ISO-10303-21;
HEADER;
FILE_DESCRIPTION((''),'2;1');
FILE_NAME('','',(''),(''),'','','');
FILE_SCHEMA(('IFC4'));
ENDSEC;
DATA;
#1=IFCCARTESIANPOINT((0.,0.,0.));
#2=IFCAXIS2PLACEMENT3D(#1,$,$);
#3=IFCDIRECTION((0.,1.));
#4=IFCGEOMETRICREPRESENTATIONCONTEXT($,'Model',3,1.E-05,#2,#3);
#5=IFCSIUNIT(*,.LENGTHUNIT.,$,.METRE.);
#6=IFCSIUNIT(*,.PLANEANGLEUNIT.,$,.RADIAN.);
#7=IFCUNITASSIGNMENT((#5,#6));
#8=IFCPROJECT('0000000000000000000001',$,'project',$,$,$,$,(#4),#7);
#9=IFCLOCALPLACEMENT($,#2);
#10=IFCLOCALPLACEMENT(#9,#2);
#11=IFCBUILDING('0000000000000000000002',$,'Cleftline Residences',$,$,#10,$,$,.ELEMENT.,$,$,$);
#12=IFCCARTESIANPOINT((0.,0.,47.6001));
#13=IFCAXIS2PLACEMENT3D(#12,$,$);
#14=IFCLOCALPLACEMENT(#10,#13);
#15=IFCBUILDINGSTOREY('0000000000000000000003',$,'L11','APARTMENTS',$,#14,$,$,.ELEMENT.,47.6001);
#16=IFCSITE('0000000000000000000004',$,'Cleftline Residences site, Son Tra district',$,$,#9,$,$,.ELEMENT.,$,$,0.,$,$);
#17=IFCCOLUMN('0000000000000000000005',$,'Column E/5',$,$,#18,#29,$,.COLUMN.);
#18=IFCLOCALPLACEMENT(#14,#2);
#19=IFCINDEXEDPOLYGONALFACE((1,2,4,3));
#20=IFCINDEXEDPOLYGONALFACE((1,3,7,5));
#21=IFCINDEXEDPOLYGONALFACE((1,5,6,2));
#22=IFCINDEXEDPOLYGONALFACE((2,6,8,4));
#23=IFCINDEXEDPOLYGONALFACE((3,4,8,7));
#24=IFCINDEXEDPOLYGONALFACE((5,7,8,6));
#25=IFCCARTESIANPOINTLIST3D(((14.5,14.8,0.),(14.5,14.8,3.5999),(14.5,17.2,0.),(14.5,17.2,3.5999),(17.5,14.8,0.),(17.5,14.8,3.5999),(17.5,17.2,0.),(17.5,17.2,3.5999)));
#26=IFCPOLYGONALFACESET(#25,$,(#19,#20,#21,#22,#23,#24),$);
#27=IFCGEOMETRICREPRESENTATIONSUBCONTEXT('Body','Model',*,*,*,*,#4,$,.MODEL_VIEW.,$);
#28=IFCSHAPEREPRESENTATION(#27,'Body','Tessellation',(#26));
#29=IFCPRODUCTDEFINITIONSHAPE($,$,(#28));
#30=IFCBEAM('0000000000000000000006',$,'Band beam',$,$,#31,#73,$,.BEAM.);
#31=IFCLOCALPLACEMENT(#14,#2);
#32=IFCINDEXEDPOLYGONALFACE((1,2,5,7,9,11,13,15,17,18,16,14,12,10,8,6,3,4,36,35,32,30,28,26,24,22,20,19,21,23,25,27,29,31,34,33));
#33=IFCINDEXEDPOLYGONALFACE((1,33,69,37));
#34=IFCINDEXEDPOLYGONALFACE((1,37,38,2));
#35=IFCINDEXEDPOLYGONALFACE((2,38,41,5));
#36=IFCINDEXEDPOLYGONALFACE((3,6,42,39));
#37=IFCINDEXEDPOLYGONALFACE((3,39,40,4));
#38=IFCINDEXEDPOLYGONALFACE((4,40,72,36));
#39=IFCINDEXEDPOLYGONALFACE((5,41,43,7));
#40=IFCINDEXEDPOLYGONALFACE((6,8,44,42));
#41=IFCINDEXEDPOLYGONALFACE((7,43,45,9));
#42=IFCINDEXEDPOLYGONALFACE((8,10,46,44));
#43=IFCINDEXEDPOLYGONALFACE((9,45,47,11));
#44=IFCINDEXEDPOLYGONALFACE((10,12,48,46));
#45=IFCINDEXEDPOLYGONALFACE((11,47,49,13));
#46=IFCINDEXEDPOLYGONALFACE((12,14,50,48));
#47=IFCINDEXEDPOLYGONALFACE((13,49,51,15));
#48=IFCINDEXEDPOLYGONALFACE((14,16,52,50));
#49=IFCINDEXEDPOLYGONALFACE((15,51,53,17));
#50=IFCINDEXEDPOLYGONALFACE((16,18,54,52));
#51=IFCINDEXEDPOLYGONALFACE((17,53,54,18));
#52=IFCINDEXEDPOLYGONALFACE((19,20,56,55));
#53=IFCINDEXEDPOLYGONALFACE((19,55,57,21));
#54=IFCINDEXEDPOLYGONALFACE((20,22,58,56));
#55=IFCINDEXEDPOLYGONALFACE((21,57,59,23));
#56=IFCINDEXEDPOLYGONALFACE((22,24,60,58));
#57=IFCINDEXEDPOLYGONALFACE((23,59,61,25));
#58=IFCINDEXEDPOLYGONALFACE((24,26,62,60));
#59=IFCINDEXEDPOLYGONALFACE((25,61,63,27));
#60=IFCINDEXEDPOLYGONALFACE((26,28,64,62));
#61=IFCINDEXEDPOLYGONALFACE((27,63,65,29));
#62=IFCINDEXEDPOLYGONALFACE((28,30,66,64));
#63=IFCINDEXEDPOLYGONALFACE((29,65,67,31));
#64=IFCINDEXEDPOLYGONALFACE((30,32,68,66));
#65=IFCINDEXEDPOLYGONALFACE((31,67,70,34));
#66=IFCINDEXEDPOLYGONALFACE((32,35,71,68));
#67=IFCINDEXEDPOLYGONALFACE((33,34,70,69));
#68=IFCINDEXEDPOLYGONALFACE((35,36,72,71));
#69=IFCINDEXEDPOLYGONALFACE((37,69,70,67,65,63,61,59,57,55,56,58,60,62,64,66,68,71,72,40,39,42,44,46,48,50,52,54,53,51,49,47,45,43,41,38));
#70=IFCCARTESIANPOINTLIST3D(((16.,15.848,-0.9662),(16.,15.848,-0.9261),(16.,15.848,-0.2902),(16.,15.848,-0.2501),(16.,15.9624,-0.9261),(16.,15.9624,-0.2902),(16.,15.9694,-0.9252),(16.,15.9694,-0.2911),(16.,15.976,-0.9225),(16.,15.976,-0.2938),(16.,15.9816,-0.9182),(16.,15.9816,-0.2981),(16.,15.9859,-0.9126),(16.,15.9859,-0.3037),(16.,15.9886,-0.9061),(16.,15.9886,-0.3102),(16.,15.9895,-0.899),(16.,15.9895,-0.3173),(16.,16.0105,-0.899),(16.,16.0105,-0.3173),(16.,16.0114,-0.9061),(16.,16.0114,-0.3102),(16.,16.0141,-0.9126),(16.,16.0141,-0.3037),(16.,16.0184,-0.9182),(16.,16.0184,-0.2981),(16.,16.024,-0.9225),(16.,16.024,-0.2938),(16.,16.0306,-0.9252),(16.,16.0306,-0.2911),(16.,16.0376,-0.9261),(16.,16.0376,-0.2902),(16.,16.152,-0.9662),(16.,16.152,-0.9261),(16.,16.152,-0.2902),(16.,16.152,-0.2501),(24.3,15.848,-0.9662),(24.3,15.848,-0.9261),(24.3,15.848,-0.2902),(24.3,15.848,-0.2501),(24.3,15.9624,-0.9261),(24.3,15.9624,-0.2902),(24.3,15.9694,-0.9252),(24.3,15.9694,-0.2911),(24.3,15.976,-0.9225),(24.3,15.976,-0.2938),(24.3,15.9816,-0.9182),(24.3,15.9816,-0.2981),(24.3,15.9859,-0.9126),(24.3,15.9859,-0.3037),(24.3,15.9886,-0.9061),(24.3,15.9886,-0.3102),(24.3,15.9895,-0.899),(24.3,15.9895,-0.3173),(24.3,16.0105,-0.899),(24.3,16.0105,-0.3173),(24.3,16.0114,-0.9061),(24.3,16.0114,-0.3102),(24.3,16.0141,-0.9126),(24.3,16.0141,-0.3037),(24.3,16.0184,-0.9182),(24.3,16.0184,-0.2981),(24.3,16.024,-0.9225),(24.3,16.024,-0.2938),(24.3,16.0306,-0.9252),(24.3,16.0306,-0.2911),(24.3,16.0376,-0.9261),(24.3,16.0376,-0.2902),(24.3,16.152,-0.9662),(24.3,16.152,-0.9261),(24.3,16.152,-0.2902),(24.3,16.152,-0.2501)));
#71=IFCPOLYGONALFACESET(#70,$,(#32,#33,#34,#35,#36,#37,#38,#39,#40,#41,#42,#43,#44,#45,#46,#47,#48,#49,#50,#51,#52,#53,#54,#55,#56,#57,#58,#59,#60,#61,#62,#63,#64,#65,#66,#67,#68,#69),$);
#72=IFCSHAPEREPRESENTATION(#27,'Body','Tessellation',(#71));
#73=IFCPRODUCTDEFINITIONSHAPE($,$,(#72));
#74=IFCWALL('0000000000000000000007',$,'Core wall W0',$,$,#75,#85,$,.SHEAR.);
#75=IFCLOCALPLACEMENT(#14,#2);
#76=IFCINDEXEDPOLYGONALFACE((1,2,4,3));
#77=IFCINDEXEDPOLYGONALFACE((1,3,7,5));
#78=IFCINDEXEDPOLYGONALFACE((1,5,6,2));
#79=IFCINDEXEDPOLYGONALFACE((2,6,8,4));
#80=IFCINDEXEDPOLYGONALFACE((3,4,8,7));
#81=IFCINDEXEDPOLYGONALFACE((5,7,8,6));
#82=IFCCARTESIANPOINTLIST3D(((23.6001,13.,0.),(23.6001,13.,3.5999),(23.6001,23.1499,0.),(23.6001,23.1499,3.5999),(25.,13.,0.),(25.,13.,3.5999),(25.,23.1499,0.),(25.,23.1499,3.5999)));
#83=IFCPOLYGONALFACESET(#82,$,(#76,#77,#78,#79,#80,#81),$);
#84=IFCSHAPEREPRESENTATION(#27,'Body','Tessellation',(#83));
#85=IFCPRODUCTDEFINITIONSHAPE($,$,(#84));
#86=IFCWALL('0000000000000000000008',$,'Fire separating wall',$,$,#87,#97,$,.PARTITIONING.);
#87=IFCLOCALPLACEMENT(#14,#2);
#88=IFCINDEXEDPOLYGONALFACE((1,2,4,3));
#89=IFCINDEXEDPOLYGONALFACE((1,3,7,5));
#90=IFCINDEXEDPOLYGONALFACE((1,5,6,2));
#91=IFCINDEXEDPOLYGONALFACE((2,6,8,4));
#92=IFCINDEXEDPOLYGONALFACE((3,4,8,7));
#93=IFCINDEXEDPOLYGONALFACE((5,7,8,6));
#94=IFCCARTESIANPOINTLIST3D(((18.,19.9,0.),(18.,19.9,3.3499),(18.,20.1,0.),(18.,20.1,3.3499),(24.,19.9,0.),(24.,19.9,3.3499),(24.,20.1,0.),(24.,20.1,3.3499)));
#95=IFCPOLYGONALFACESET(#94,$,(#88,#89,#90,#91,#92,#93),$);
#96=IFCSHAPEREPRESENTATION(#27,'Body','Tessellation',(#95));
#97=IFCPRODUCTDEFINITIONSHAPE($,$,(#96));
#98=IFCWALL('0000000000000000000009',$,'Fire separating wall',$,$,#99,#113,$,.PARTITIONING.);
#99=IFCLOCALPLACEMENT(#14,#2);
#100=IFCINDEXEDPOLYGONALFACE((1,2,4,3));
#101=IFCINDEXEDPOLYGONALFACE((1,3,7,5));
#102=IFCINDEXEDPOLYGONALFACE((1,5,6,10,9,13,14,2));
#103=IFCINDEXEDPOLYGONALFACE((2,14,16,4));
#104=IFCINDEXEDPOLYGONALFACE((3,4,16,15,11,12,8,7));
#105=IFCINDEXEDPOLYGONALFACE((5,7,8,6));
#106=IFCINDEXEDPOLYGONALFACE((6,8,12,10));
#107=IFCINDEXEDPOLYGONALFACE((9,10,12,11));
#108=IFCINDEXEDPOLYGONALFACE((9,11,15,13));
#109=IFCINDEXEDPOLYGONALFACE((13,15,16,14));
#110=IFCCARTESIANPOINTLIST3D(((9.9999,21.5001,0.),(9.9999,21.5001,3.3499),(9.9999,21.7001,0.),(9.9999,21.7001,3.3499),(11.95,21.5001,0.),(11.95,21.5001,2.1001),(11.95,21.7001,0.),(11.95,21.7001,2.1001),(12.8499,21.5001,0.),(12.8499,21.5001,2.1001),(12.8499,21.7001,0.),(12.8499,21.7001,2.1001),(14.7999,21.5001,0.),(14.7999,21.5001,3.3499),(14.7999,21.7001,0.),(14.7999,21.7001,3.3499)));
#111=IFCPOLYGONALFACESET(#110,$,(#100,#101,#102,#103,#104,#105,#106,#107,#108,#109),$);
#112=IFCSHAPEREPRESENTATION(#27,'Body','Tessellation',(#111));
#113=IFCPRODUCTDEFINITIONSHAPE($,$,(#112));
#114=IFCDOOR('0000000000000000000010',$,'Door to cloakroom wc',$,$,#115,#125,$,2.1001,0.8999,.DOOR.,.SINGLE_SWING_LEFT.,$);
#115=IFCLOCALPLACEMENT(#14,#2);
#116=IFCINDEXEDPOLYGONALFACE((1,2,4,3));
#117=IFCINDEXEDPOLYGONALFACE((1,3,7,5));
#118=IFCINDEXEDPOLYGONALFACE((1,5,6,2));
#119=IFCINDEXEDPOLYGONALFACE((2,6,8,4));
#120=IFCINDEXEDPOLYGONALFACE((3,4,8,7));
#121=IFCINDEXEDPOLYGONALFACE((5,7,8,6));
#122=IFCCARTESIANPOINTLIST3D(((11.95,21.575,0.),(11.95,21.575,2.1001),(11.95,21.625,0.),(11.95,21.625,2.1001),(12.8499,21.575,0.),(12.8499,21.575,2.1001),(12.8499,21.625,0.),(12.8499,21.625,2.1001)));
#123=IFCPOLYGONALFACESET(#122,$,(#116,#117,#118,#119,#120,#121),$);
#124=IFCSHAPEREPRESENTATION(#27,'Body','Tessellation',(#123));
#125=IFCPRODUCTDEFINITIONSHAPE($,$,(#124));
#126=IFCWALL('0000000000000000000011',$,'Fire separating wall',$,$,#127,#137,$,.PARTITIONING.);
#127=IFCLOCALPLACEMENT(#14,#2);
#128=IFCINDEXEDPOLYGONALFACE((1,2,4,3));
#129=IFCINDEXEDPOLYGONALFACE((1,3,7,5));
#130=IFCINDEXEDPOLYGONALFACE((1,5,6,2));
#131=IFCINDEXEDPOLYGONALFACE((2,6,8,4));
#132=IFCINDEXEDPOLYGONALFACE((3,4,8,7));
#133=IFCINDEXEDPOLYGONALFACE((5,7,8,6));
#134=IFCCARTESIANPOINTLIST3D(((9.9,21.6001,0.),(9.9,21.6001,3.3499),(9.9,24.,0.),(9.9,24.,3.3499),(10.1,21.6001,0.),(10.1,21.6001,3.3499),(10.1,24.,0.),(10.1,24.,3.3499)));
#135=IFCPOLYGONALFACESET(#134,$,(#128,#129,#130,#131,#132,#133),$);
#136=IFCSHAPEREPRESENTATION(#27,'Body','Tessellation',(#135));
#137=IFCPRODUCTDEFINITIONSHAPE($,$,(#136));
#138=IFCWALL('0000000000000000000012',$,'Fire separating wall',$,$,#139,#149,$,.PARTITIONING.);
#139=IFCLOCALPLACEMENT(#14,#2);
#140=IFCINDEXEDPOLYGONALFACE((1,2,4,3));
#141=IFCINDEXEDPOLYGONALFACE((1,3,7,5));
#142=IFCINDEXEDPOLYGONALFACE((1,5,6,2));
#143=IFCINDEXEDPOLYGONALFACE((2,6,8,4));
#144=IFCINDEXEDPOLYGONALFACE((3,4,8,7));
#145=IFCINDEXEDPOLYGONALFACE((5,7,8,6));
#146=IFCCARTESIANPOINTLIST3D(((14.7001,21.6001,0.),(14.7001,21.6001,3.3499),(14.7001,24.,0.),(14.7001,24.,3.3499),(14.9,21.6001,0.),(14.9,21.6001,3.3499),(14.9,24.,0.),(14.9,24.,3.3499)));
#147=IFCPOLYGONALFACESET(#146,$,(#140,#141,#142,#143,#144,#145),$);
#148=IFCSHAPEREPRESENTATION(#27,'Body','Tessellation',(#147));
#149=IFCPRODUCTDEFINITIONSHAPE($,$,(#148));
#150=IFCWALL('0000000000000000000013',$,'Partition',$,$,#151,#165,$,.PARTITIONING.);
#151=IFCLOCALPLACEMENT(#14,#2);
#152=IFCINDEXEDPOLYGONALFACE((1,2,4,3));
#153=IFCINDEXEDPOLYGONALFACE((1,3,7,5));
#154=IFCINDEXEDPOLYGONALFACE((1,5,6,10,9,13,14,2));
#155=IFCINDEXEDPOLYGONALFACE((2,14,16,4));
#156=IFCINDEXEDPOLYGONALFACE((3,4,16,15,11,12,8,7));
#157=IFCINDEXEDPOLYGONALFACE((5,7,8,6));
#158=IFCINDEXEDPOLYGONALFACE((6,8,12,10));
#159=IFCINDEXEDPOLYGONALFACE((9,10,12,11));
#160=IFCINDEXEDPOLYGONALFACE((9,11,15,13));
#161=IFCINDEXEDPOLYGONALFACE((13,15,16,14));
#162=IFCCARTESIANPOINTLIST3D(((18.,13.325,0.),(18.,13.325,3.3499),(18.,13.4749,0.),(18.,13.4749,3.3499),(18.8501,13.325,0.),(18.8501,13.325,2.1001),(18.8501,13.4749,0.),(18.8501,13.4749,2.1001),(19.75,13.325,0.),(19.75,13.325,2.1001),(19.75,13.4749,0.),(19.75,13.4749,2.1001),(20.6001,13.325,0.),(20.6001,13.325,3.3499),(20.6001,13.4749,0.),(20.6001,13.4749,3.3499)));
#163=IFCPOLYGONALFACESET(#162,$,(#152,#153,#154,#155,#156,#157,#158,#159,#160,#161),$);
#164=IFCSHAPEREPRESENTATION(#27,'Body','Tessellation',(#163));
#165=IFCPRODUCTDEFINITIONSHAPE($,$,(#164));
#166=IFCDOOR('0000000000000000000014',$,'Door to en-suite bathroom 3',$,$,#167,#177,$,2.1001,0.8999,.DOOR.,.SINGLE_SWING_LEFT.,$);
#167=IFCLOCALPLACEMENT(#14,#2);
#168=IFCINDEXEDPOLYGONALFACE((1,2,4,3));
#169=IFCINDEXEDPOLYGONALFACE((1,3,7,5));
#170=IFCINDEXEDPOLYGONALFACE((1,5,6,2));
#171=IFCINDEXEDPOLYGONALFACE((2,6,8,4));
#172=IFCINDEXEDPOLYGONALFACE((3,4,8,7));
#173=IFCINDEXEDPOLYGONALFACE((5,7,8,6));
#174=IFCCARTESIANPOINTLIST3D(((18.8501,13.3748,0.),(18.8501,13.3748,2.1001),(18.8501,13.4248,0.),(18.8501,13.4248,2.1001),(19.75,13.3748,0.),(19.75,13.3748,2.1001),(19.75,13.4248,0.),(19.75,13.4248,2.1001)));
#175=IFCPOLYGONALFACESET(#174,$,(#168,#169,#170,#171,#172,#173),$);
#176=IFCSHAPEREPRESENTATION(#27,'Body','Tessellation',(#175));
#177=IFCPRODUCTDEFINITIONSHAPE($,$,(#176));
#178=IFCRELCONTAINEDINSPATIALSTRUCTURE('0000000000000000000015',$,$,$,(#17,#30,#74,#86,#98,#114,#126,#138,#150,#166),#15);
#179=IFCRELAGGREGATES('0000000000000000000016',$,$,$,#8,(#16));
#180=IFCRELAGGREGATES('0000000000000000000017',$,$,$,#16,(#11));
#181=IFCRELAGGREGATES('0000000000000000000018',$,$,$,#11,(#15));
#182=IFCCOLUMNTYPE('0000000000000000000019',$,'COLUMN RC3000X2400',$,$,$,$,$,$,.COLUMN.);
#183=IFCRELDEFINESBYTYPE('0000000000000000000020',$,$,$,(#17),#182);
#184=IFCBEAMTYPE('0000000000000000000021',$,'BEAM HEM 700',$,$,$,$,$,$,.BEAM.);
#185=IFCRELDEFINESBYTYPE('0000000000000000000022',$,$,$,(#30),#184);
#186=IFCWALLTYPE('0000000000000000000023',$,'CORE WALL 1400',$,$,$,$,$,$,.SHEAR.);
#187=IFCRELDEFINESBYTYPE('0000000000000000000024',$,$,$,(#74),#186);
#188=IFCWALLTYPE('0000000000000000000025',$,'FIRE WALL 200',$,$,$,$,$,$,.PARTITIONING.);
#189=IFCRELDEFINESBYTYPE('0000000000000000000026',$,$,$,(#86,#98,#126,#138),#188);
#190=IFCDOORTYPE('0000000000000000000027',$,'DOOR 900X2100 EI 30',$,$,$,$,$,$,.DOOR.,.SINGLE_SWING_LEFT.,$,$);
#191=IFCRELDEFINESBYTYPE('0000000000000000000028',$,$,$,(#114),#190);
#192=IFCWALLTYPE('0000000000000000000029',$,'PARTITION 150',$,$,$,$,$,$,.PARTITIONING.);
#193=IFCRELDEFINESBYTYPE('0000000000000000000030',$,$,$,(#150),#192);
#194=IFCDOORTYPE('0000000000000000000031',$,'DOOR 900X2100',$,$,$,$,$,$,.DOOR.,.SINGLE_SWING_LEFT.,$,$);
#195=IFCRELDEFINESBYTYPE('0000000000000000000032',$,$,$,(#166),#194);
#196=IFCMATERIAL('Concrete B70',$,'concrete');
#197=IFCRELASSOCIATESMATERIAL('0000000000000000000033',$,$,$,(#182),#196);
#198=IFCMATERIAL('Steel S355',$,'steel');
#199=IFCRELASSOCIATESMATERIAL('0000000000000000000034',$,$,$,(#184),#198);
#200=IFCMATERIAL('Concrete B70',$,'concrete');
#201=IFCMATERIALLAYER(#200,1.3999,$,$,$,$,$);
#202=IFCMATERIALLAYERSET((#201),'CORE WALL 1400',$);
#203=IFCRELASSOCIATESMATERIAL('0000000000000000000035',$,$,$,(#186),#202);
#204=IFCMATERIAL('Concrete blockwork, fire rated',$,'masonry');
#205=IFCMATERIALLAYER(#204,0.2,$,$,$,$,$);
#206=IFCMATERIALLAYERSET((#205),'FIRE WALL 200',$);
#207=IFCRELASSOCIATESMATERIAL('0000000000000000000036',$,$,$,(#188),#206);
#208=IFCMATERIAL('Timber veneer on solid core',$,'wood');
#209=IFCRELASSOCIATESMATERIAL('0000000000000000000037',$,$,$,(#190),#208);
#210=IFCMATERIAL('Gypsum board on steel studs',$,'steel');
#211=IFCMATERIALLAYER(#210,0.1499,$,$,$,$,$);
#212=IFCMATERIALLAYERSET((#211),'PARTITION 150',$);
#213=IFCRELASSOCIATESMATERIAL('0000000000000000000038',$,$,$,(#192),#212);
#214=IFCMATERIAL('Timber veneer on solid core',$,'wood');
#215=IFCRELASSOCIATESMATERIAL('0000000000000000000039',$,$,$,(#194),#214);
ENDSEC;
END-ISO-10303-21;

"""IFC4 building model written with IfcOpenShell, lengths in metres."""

from ifc_helpers import new_model, si_unit, direction, frame, frame_2d, origin, origin_2d, place, context, subcontext, project, spatial, rectangle, i_section, extrude, material, layer, layer_set, material_profile, profile_set, type_object, element, fill, save


model = new_model("IFC4")

# Units and contexts
model_context = context("Model", 3, precision=1e-05, world=origin(), true_north=direction((0.0, 1.0)))
body_context = subcontext(model_context, "Body", "Model", "MODEL_VIEW")
ifc_project = project(units=[si_unit("LENGTHUNIT", "METRE"), si_unit("PLANEANGLEUNIT", "RADIAN")], contexts=[model_context])

# Site, building, storey
site_placement = place(None, origin())
site = spatial("IfcSite", under=ifc_project, at=site_placement, Name="Cleftline Residences site, Son Tra district", CompositionType="ELEMENT", RefElevation=0.0)
building_placement = place(site_placement, origin())
building = spatial("IfcBuilding", under=site, at=building_placement, Name="Cleftline Residences", CompositionType="ELEMENT")
storey_placement = place(building_placement, frame((0.0, 0.0, 47.6001)))
storey = spatial("IfcBuildingStorey", under=building, at=storey_placement, Name="L11", Description="APARTMENTS", CompositionType="ELEMENT", Elevation=47.6001)

# Column
ifc_material_1 = material(Name="Concrete B70", Category="concrete")
ifc_material_profile_1 = material_profile(ifc_material_1, rectangle(XDim=3.0, YDim=2.3999, at=origin_2d()))
ifc_profile_set_1 = profile_set([ifc_material_profile_1], Name="Concrete B70")
column_type = type_object("IfcColumnType", Name="COLUMN RC3000X2400", PredefinedType="COLUMN", material=ifc_profile_set_1)
column_placement = place(storey_placement, frame((16.0, 16.0, 0.0), z_axis=(0.0, 0.0, 1.0), x_axis=(1.0, 0.0, 0.0)))
element("IfcColumn", 1, at=column_placement, inside=storey, type_object=column_type, Name="Column E/5", PredefinedType="COLUMN", context=body_context, shape_type="SweptSolid", body=[
    extrude(rectangle(XDim=3.0, YDim=2.3999, at=origin_2d()), origin(), (0.0, 0.0, 1.0), 3.5999),
])

# Beam
ifc_material_2 = material(Name="Steel S355", Category="steel")
ifc_material_profile_2 = material_profile(ifc_material_2, i_section(OverallWidth=0.304, OverallDepth=0.7161, WebThickness=0.021, FlangeThickness=0.04, FilletRadius=0.0271, at=origin_2d()))
ifc_profile_set_2 = profile_set([ifc_material_profile_2], Name="Steel S355")
beam_type = type_object("IfcBeamType", Name="BEAM HEM 700", PredefinedType="BEAM", material=ifc_profile_set_2)
beam_placement = place(storey_placement, frame((16.0, 16.0, -0.6082), z_axis=(1.0, 0.0, 0.0), x_axis=(0.0, 1.0, 0.0)))
element("IfcBeam", 2, at=beam_placement, inside=storey, type_object=beam_type, Name="Band beam", PredefinedType="BEAM", context=body_context, shape_type="SweptSolid", body=[
    extrude(i_section(OverallWidth=0.304, OverallDepth=0.7161, WebThickness=0.021, FlangeThickness=0.04, FilletRadius=0.0271, at=origin_2d()), origin(), (0.0, 0.0, 1.0), 8.3),
])

# Walls
ifc_material_3 = material(Name="Concrete B70", Category="concrete")
ifc_layer_1 = layer(ifc_material_3, 1.3999)
ifc_layer_set_1 = layer_set([ifc_layer_1], Name="CORE WALL 1400")
wall_type_1 = type_object("IfcWallType", Name="CORE WALL 1400", PredefinedType="SHEAR", material=ifc_layer_set_1)
wall_1_placement = place(storey_placement, frame((24.3, 13.0, 0.0), z_axis=(0.0, 0.0, 1.0), x_axis=(0.0, 1.0, 0.0)))
element("IfcWall", 3, at=wall_1_placement, inside=storey, type_object=wall_type_1, Name="Core wall W0", PredefinedType="SHEAR", context=body_context, shape_type="SweptSolid", body=[
    extrude(rectangle(XDim=10.1499, YDim=1.3999, at=frame_2d((5.075, 0.0))), origin(), (0.0, 0.0, 1.0), 3.5999),
])
ifc_material_4 = material(Name="Concrete blockwork, fire rated", Category="masonry")
ifc_layer_2 = layer(ifc_material_4, 0.2)
ifc_layer_set_2 = layer_set([ifc_layer_2], Name="FIRE WALL 200")
wall_type_2 = type_object("IfcWallType", Name="FIRE WALL 200", PredefinedType="PARTITIONING", material=ifc_layer_set_2)
wall_2_placement = place(storey_placement, frame((18.0, 20.0, 0.0), z_axis=(0.0, 0.0, 1.0), x_axis=(1.0, 0.0, 0.0)))
element("IfcWall", 4, at=wall_2_placement, inside=storey, type_object=wall_type_2, Name="Fire separating wall", PredefinedType="PARTITIONING", context=body_context, shape_type="SweptSolid", body=[
    extrude(rectangle(XDim=6.0, YDim=0.2, at=frame_2d((3.0, 0.0))), origin(), (0.0, 0.0, 1.0), 3.3499),
])

# Wall, opening, door
wall_3_placement = place(storey_placement, frame((10.0, 21.6001, 0.0), z_axis=(0.0, 0.0, 1.0), x_axis=(1.0, 0.0, 0.0)))
wall_3 = element("IfcWall", 5, at=wall_3_placement, inside=storey, type_object=wall_type_2, Name="Fire separating wall", PredefinedType="PARTITIONING", context=body_context, shape_type="SweptSolid", body=[
    extrude(rectangle(XDim=4.8, YDim=0.2, at=frame_2d((2.3999, 0.0))), origin(), (0.0, 0.0, 1.0), 3.3499),
])
opening_1_placement = place(wall_3_placement, frame((1.95, 0.0, 0.0)))
opening_1 = element("IfcOpeningElement", 6, at=opening_1_placement, cuts=wall_3, PredefinedType="OPENING", context=body_context, shape_type="SweptSolid", body=[
    extrude(rectangle(XDim=0.8999, YDim=2.1001, at=frame_2d((0.45, 1.05))), frame((0.0, 0.1099, 0.0), z_axis=(0.0, -1.0, 0.0), x_axis=(1.0, 0.0, 0.0)), (0.0, 0.0, 1.0), 0.22),
])
ifc_material_5 = material(Name="Timber veneer on solid core", Category="wood")
door_type_1 = type_object("IfcDoorType", Name="DOOR 900X2100 EI 30", OperationType="SINGLE_SWING_LEFT", PredefinedType="DOOR", material=ifc_material_5)
door_1_placement = place(opening_1_placement, origin())
door_1 = element("IfcDoor", 7, at=door_1_placement, inside=storey, type_object=door_type_1, Name="Door to cloakroom wc", OperationType="SINGLE_SWING_LEFT", OverallHeight=2.1001, OverallWidth=0.8999, PredefinedType="DOOR", context=body_context, shape_type="SweptSolid", body=[
    extrude(rectangle(XDim=0.8999, YDim=2.1001, at=frame_2d((0.45, 1.05))), frame((0.0, 0.0249, 0.0), z_axis=(0.0, -1.0, 0.0), x_axis=(1.0, 0.0, 0.0)), (0.0, 0.0, 1.0), 0.05),
])
fill(opening_1, door_1)

# Walls
for number, where, z_axis, x_axis, name in (
    (8, (10.0, 21.6001, 0.0), (0.0, 0.0, 1.0), (0.0, 1.0, 0.0), "Fire separating wall"),
    (9, (14.8, 21.6001, 0.0), (0.0, 0.0, 1.0), (0.0, 1.0, 0.0), "Fire separating wall"),
):
    element("IfcWall", number, at=place(storey_placement, frame(where, z_axis=z_axis, x_axis=x_axis)), inside=storey, type_object=wall_type_2, Name=name, PredefinedType="PARTITIONING", context=body_context, shape_type="SweptSolid", body=[
        extrude(rectangle(XDim=2.3999, YDim=0.2, at=frame_2d((1.2, 0.0))), origin(), (0.0, 0.0, 1.0), 3.3499),
    ])

# Wall, opening, door
ifc_material_6 = material(Name="Gypsum board on steel studs", Category="steel")
ifc_layer_3 = layer(ifc_material_6, 0.1499)
ifc_layer_set_3 = layer_set([ifc_layer_3], Name="PARTITION 150")
wall_type_3 = type_object("IfcWallType", Name="PARTITION 150", PredefinedType="PARTITIONING", material=ifc_layer_set_3)
wall_4_placement = place(storey_placement, frame((18.0, 13.3999, 0.0), z_axis=(0.0, 0.0, 1.0), x_axis=(1.0, 0.0, 0.0)))
wall_4 = element("IfcWall", 10, at=wall_4_placement, inside=storey, type_object=wall_type_3, Name="Partition", PredefinedType="PARTITIONING", context=body_context, shape_type="SweptSolid", body=[
    extrude(rectangle(XDim=2.6001, YDim=0.1499, at=frame_2d((1.3, 0.0))), origin(), (0.0, 0.0, 1.0), 3.3499),
])
opening_2_placement = place(wall_4_placement, frame((0.8501, 0.0, 0.0)))
opening_2 = element("IfcOpeningElement", 11, at=opening_2_placement, cuts=wall_4, PredefinedType="OPENING", context=body_context, shape_type="SweptSolid", body=[
    extrude(rectangle(XDim=0.8999, YDim=2.1001, at=frame_2d((0.45, 1.05))), frame((0.0, 0.085, 0.0), z_axis=(0.0, -1.0, 0.0), x_axis=(1.0, 0.0, 0.0)), (0.0, 0.0, 1.0), 0.1699),
])
ifc_material_7 = material(Name="Timber veneer on solid core", Category="wood")
door_type_2 = type_object("IfcDoorType", Name="DOOR 900X2100", OperationType="SINGLE_SWING_LEFT", PredefinedType="DOOR", material=ifc_material_7)
door_2_placement = place(opening_2_placement, origin())
door_2 = element("IfcDoor", 12, at=door_2_placement, inside=storey, type_object=door_type_2, Name="Door to en-suite bathroom 3", OperationType="SINGLE_SWING_LEFT", OverallHeight=2.1001, OverallWidth=0.8999, PredefinedType="DOOR", context=body_context, shape_type="SweptSolid", body=[
    extrude(rectangle(XDim=0.8999, YDim=2.1001, at=frame_2d((0.45, 1.05))), frame((0.0, 0.0249, 0.0), z_axis=(0.0, -1.0, 0.0), x_axis=(1.0, 0.0, 0.0)), (0.0, 0.0, 1.0), 0.05),
])
fill(opening_2, door_2)

save(model, "model.ifc")
